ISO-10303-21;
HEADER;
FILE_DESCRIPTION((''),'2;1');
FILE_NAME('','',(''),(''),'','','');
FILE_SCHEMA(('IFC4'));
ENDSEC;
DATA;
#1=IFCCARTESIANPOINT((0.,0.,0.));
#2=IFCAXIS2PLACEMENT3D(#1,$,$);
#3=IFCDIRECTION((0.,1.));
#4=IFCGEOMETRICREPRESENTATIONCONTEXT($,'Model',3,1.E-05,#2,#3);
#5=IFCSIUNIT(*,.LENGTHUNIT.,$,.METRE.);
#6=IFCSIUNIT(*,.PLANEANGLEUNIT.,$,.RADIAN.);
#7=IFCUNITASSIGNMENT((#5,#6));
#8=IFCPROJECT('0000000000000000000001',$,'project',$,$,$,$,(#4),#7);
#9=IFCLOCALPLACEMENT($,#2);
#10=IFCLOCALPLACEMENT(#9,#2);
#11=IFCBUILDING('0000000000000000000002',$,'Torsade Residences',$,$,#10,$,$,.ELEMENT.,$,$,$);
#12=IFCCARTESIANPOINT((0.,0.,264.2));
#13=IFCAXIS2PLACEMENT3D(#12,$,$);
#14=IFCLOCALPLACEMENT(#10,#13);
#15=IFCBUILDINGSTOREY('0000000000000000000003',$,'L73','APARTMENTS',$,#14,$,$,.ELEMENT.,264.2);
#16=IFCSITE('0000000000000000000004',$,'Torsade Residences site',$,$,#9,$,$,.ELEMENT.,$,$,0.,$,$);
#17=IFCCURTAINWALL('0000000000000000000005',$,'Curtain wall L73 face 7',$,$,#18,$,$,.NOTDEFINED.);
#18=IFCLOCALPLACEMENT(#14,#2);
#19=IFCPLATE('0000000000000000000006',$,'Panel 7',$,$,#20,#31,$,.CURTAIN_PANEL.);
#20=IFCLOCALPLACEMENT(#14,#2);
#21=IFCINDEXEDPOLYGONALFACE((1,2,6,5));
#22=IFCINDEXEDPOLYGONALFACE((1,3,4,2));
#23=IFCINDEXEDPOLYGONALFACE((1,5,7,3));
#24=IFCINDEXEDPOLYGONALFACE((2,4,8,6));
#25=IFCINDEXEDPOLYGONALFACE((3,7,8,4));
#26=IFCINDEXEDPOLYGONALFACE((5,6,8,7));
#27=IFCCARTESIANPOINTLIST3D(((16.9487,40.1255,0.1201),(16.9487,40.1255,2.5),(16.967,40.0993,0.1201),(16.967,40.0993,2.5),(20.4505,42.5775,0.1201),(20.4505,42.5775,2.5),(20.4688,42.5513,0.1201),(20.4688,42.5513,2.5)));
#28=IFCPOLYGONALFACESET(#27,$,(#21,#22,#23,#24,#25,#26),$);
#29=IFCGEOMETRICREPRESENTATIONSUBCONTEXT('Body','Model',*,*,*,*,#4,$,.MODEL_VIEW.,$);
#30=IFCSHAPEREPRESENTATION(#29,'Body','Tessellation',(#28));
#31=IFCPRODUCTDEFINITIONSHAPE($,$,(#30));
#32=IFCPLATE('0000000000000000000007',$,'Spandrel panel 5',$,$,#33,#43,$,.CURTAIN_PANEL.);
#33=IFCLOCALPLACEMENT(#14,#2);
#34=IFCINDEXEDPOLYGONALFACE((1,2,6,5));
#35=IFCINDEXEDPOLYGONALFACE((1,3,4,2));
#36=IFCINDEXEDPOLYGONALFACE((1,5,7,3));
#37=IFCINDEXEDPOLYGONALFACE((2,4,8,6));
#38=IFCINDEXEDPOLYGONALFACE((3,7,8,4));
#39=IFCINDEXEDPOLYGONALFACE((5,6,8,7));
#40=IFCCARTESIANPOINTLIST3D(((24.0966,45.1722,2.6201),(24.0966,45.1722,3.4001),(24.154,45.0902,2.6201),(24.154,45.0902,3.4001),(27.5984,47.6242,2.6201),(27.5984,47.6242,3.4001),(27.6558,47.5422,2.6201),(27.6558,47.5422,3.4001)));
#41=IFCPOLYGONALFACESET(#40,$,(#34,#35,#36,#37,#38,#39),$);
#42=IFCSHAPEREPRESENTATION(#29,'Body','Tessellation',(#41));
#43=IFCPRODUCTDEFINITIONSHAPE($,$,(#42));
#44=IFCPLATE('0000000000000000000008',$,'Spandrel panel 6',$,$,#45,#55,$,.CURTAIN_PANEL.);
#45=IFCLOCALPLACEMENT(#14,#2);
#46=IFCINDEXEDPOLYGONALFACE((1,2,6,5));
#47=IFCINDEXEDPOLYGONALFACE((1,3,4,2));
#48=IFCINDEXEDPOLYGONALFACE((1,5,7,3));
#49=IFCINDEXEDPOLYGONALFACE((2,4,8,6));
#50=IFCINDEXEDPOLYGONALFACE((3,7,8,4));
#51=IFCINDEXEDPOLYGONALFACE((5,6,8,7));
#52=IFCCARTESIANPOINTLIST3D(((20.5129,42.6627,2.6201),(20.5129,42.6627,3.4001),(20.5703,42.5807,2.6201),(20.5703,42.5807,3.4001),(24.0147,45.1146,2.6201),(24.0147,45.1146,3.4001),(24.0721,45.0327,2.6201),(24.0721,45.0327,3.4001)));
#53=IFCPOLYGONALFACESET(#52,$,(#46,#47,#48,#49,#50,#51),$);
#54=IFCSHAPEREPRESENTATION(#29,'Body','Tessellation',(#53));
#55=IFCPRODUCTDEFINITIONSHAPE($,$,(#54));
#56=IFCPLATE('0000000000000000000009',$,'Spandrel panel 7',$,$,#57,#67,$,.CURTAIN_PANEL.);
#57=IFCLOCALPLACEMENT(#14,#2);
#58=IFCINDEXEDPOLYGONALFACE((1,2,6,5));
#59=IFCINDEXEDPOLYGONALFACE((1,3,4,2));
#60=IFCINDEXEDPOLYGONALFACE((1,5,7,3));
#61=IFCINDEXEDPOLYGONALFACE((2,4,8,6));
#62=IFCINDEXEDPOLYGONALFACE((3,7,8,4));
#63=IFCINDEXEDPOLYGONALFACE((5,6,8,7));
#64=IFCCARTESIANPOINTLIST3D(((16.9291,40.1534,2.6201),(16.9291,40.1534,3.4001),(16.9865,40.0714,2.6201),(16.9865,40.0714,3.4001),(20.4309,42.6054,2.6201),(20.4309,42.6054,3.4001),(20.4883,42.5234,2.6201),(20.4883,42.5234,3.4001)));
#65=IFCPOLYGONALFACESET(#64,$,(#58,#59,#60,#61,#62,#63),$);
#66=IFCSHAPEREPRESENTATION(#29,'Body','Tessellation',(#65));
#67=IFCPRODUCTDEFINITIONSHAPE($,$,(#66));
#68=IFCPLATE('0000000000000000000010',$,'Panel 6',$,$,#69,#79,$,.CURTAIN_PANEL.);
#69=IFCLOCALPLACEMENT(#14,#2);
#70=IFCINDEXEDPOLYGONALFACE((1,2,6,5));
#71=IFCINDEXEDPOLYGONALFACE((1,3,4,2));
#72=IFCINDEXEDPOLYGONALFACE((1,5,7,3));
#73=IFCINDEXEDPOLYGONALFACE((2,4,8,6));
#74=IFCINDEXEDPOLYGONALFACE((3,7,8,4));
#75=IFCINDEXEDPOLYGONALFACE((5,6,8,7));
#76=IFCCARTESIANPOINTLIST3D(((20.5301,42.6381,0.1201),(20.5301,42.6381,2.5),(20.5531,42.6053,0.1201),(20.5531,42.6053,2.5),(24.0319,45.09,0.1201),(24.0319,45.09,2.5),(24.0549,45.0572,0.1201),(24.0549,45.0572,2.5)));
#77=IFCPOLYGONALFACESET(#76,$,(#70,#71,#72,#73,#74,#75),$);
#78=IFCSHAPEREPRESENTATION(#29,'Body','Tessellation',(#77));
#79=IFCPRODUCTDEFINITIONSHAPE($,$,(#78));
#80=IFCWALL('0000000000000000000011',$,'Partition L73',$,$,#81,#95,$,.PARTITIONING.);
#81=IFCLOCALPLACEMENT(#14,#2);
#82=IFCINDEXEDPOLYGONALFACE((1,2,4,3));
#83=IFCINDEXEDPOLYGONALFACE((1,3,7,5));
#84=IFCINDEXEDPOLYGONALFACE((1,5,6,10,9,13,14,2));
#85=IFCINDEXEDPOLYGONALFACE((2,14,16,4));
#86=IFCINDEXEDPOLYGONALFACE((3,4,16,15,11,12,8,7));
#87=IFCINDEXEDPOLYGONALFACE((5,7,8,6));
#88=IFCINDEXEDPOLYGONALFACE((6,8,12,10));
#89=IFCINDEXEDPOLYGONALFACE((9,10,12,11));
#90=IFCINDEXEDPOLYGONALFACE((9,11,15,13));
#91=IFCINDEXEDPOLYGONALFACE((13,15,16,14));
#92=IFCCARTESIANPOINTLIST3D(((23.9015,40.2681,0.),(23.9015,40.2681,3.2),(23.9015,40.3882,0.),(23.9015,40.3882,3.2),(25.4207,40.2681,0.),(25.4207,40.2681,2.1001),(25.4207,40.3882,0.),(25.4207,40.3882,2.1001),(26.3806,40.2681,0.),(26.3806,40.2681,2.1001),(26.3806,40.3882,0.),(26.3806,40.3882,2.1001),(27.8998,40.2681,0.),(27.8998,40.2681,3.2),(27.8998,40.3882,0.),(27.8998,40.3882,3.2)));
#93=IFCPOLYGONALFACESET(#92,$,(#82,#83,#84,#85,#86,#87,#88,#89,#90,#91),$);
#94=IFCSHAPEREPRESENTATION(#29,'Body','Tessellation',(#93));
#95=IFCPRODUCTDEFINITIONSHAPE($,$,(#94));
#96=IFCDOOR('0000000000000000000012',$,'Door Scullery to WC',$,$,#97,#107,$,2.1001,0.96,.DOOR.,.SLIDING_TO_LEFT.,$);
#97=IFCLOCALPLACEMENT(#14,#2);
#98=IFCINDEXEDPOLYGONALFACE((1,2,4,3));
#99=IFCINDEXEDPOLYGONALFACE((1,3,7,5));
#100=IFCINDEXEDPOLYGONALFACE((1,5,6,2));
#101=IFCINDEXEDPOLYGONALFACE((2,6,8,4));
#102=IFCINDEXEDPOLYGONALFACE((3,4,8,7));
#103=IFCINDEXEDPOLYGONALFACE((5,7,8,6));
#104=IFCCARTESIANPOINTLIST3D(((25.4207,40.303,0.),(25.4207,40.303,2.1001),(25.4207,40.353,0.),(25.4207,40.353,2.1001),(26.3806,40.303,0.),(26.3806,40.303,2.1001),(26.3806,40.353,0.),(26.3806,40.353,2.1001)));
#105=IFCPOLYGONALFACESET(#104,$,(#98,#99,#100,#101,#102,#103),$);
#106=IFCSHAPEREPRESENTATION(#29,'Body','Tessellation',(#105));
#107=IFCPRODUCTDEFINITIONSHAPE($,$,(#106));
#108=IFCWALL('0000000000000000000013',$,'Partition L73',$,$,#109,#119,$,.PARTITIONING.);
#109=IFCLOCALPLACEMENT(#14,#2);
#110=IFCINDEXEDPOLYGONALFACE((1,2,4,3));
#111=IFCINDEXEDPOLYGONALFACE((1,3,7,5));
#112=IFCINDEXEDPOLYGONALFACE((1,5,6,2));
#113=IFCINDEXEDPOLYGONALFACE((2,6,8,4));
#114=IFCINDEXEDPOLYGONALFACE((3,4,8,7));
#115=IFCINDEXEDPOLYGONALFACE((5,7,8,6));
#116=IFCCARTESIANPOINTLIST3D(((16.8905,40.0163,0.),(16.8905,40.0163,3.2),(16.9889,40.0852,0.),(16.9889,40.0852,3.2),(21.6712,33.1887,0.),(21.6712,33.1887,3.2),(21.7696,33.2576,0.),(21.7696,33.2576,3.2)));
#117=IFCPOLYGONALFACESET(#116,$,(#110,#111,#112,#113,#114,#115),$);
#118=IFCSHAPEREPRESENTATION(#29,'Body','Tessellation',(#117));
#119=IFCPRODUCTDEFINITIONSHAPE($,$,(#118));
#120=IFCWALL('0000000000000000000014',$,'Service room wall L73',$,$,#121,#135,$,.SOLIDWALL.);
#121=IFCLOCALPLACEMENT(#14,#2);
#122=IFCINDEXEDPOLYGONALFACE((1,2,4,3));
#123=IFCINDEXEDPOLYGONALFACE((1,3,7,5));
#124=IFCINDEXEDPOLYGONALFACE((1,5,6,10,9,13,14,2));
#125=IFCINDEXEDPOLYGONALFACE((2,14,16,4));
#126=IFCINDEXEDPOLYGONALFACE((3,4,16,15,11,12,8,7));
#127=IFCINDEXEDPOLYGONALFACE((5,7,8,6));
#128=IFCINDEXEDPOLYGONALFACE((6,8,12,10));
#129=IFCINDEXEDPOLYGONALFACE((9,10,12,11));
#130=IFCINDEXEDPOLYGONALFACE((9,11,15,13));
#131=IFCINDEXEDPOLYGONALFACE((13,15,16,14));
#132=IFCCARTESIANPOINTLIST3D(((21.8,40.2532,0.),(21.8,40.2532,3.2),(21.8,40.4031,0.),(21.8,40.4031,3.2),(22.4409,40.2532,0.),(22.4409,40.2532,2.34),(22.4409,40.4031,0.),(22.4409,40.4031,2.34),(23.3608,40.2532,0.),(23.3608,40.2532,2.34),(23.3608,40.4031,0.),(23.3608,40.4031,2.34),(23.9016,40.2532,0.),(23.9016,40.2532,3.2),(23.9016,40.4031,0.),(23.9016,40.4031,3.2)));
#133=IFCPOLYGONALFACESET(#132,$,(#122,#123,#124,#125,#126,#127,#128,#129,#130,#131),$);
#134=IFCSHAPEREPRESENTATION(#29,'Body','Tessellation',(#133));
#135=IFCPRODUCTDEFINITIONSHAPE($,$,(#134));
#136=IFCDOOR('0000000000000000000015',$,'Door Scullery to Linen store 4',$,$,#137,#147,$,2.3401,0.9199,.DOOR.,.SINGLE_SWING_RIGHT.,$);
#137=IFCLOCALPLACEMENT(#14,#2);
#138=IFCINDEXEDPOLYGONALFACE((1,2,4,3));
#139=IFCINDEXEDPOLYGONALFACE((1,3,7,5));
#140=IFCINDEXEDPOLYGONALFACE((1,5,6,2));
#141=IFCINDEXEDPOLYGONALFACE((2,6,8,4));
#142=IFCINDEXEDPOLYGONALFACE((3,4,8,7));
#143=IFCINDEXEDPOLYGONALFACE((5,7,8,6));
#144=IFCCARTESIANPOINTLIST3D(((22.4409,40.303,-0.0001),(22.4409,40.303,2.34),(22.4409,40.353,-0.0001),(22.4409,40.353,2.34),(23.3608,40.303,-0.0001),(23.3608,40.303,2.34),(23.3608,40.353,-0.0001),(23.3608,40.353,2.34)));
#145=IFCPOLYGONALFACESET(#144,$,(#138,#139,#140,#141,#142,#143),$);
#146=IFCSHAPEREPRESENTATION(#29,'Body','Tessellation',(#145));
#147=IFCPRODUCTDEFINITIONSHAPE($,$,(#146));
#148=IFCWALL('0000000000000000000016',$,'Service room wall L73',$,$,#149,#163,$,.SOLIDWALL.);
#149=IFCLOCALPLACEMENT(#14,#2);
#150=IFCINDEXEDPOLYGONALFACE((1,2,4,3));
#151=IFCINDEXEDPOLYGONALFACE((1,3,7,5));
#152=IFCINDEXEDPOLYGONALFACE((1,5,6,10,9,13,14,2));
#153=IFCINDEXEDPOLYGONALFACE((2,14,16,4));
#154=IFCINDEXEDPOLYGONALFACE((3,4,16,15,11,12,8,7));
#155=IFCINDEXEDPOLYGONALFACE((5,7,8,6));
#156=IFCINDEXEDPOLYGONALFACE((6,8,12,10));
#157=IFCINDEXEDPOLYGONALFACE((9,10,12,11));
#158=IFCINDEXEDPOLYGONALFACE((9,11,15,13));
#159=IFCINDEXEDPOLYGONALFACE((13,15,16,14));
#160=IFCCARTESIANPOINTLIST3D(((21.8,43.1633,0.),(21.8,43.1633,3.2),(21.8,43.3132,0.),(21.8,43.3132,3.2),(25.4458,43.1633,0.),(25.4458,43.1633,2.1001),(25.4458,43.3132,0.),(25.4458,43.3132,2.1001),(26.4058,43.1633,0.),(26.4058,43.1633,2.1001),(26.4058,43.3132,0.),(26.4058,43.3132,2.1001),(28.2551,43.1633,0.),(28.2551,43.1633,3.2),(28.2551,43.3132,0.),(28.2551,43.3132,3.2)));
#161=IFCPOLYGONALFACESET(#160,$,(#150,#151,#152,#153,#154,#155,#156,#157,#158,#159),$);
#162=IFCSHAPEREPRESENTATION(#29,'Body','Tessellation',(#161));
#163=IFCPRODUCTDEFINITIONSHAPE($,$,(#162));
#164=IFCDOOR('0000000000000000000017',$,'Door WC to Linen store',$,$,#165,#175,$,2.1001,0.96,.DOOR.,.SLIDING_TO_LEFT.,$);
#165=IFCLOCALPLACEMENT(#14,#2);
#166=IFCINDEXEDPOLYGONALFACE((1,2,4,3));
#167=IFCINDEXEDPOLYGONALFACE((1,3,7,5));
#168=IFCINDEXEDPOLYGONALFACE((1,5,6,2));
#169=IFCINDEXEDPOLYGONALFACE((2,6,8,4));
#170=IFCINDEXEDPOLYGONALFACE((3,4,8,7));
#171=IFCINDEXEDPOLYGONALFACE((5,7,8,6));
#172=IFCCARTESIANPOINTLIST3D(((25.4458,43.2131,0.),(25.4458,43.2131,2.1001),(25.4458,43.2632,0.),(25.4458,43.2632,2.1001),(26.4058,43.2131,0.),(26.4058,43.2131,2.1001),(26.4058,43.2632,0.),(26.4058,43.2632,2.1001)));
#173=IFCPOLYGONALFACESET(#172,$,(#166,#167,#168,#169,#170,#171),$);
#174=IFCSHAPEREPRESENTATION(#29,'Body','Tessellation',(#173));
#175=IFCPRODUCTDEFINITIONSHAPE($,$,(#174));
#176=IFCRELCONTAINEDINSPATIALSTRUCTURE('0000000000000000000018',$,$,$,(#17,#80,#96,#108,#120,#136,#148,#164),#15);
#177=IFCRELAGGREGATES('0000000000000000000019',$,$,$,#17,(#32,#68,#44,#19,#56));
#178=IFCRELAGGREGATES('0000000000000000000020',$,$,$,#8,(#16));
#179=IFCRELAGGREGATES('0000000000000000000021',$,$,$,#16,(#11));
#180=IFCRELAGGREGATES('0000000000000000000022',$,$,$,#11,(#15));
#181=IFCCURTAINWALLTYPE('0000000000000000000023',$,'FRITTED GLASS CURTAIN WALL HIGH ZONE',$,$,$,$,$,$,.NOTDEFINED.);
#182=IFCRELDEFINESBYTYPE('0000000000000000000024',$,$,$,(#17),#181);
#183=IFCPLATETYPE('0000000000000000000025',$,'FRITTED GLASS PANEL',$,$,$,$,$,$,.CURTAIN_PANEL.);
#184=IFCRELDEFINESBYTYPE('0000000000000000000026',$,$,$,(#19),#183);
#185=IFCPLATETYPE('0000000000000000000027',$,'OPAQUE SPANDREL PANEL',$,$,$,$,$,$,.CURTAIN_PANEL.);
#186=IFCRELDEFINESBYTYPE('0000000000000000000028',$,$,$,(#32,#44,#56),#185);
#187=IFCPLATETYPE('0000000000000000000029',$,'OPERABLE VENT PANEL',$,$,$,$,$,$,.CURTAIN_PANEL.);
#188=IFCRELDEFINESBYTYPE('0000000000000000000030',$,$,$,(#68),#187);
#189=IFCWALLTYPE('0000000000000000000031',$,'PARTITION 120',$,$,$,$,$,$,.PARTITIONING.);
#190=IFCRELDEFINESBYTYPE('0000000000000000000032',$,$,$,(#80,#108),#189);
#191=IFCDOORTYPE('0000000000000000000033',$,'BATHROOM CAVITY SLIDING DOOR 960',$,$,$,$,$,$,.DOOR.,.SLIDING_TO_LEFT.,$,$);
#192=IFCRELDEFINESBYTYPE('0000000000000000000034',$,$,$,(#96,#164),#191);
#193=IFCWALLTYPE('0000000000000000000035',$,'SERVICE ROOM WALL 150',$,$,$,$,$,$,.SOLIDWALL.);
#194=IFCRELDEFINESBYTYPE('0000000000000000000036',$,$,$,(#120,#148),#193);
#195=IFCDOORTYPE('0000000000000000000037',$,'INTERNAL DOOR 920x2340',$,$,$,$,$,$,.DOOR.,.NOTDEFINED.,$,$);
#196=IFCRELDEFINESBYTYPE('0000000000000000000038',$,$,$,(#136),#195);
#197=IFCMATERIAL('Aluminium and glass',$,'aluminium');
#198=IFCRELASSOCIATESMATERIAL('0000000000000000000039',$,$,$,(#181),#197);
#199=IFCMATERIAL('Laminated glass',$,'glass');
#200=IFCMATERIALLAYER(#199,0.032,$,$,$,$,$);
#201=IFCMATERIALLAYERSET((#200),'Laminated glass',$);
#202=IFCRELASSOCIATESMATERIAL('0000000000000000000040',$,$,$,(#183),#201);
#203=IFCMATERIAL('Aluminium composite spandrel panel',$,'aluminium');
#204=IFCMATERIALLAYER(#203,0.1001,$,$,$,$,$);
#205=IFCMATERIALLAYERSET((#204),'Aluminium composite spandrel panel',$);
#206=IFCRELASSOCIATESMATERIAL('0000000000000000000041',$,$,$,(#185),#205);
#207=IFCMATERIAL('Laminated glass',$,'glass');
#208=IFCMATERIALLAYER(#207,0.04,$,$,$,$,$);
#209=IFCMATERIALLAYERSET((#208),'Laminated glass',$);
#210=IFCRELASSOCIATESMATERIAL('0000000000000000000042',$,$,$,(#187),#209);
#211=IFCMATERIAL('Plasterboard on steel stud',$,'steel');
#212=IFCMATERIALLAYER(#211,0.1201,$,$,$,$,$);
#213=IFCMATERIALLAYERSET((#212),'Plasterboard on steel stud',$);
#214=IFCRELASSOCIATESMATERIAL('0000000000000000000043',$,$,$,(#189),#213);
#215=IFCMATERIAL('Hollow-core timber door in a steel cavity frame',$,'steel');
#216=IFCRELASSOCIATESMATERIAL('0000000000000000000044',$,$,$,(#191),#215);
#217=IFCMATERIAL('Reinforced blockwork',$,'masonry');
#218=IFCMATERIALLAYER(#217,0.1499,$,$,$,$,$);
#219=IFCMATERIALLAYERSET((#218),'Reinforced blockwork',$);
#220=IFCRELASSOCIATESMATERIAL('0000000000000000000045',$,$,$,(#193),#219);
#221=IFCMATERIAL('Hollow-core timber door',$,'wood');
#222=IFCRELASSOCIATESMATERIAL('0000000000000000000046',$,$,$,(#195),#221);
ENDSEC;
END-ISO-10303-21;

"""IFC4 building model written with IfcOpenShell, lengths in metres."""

from ifc_helpers import new_model, si_unit, direction, frame, frame_2d, origin, origin_2d, place, context, subcontext, project, spatial, rectangle, extrude, material, layer, layer_set, type_object, element, fill, aggregate, save


model = new_model("IFC4")

# Units and contexts
model_context = context("Model", 3, precision=1e-05, world=origin(), true_north=direction((0.0, 1.0)))
body_context = subcontext(model_context, "Body", "Model", "MODEL_VIEW")
ifc_project = project(units=[si_unit("LENGTHUNIT", "METRE"), si_unit("PLANEANGLEUNIT", "RADIAN")], contexts=[model_context])

# Site, building, storey
site_placement = place(None, origin())
site = spatial("IfcSite", under=ifc_project, at=site_placement, Name="Torsade Residences site", CompositionType="ELEMENT", RefElevation=0.0)
building_placement = place(site_placement, origin())
building = spatial("IfcBuilding", under=site, at=building_placement, Name="Torsade Residences", CompositionType="ELEMENT")
storey_placement = place(building_placement, frame((0.0, 0.0, 264.2)))
storey = spatial("IfcBuildingStorey", under=building, at=storey_placement, Name="L73", Description="APARTMENTS", CompositionType="ELEMENT", Elevation=264.2)

# Curtain wall
ifc_material_1 = material(Name="Aluminium and glass", Category="aluminium")
curtain_wall_type = type_object("IfcCurtainWallType", Name="FRITTED GLASS CURTAIN WALL HIGH ZONE", PredefinedType="NOTDEFINED", material=ifc_material_1)
curtain_wall_placement = place(storey_placement, origin())
curtain_wall = element("IfcCurtainWall", 1, at=curtain_wall_placement, inside=storey, type_object=curtain_wall_type, Name="Curtain wall L73 face 7", PredefinedType="NOTDEFINED")

# Plates
ifc_material_2 = material(Name="Laminated glass", Category="glass")
ifc_layer_1 = layer(ifc_material_2, 0.032)
ifc_layer_set_1 = layer_set([ifc_layer_1], Name="Laminated glass")
plate_type_1 = type_object("IfcPlateType", Name="FRITTED GLASS PANEL", PredefinedType="CURTAIN_PANEL", material=ifc_layer_set_1)
plate_1_placement = place(storey_placement, frame((18.7087, 41.3384, 0.1201), z_axis=(0.0, 0.0, 1.0), x_axis=(-0.819152, -0.573576, 0.0)))
plate_1 = element("IfcPlate", 2, at=plate_1_placement, type_object=plate_type_1, Name="Panel 7", PredefinedType="CURTAIN_PANEL", context=body_context, shape_type="SweptSolid", body=[
    extrude(rectangle(XDim=4.2749, YDim=0.032, at=origin_2d()), origin(), (0.0, 0.0, 1.0), 2.3799),
])
ifc_material_3 = material(Name="Aluminium composite spandrel panel", Category="aluminium")
ifc_layer_2 = layer(ifc_material_3, 0.1001)
ifc_layer_set_2 = layer_set([ifc_layer_2], Name="Aluminium composite spandrel panel")
plate_type_2 = type_object("IfcPlateType", Name="OPAQUE SPANDREL PANEL", PredefinedType="CURTAIN_PANEL", material=ifc_layer_set_2)
plate_2_placement = place(storey_placement, frame((25.8762, 46.3572, 2.6201), z_axis=(0.0, 0.0, 1.0), x_axis=(-0.819152, -0.573576, 0.0)))
plate_2 = element("IfcPlate", 3, at=plate_2_placement, type_object=plate_type_2, Name="Spandrel panel 5", PredefinedType="CURTAIN_PANEL", context=body_context, shape_type="SweptSolid", body=[
    extrude(rectangle(XDim=4.2749, YDim=0.1001, at=origin_2d()), origin(), (0.0, 0.0, 1.0), 0.78),
])
plate_3_placement = place(storey_placement, frame((22.2925, 43.8477, 2.6201), z_axis=(0.0, 0.0, 1.0), x_axis=(-0.819152, -0.573576, 0.0)))
plate_3 = element("IfcPlate", 4, at=plate_3_placement, type_object=plate_type_2, Name="Spandrel panel 6", PredefinedType="CURTAIN_PANEL", context=body_context, shape_type="SweptSolid", body=[
    extrude(rectangle(XDim=4.2749, YDim=0.1001, at=origin_2d()), origin(), (0.0, 0.0, 1.0), 0.78),
])
plate_4_placement = place(storey_placement, frame((18.7087, 41.3384, 2.6201), z_axis=(0.0, 0.0, 1.0), x_axis=(-0.819152, -0.573576, 0.0)))
plate_4 = element("IfcPlate", 5, at=plate_4_placement, type_object=plate_type_2, Name="Spandrel panel 7", PredefinedType="CURTAIN_PANEL", context=body_context, shape_type="SweptSolid", body=[
    extrude(rectangle(XDim=4.2749, YDim=0.1001, at=origin_2d()), origin(), (0.0, 0.0, 1.0), 0.78),
])
ifc_material_4 = material(Name="Laminated glass", Category="glass")
ifc_layer_3 = layer(ifc_material_4, 0.04)
ifc_layer_set_3 = layer_set([ifc_layer_3], Name="Laminated glass")
plate_type_3 = type_object("IfcPlateType", Name="OPERABLE VENT PANEL", PredefinedType="CURTAIN_PANEL", material=ifc_layer_set_3)
plate_5_placement = place(storey_placement, frame((22.2925, 43.8477, 0.1201), z_axis=(0.0, 0.0, 1.0), x_axis=(-0.819152, -0.573576, 0.0)))
plate_5 = element("IfcPlate", 6, at=plate_5_placement, type_object=plate_type_3, Name="Panel 6", PredefinedType="CURTAIN_PANEL", context=body_context, shape_type="SweptSolid", body=[
    extrude(rectangle(XDim=4.2749, YDim=0.04, at=origin_2d()), origin(), (0.0, 0.0, 1.0), 2.3799),
])
aggregate(curtain_wall, [plate_2, plate_5, plate_3, plate_1, plate_4])

# Wall, opening, door
ifc_material_5 = material(Name="Plasterboard on steel stud", Category="steel")
ifc_layer_4 = layer(ifc_material_5, 0.1201)
ifc_layer_set_4 = layer_set([ifc_layer_4], Name="Plasterboard on steel stud")
wall_type_1 = type_object("IfcWallType", Name="PARTITION 120", PredefinedType="PARTITIONING", material=ifc_layer_set_4)
wall_1_placement = place(storey_placement, frame((23.9016, 40.3281, 0.0), z_axis=(0.0, 0.0, 1.0), x_axis=(1.0, 0.0, 0.0)))
wall_1 = element("IfcWall", 7, at=wall_1_placement, inside=storey, type_object=wall_type_1, Name="Partition L73", PredefinedType="PARTITIONING", context=body_context, shape_type="SweptSolid", body=[
    extrude(rectangle(XDim=3.9983, YDim=0.1201, at=frame_2d((1.999, 0.0))), origin(), (0.0, 0.0, 1.0), 3.2),
])
opening_1_placement = place(wall_1_placement, frame((1.519, 0.0, 0.0)))
opening_1 = element("IfcOpeningElement", 8, at=opening_1_placement, cuts=wall_1, PredefinedType="OPENING", context=body_context, shape_type="SweptSolid", body=[
    extrude(rectangle(XDim=0.96, YDim=2.1001, at=frame_2d((0.48, 1.05))), frame((0.0, 0.0701, 0.0), z_axis=(0.0, -1.0, 0.0), x_axis=(1.0, 0.0, 0.0)), (0.0, 0.0, 1.0), 0.1401),
])
ifc_material_6 = material(Name="Hollow-core timber door in a steel cavity frame", Category="steel")
door_type_1 = type_object("IfcDoorType", Name="BATHROOM CAVITY SLIDING DOOR 960", OperationType="SLIDING_TO_LEFT", PredefinedType="DOOR", material=ifc_material_6)
door_1_placement = place(opening_1_placement, origin())
door_1 = element("IfcDoor", 9, at=door_1_placement, inside=storey, type_object=door_type_1, Name="Door Scullery to WC", OperationType="SLIDING_TO_LEFT", OverallHeight=2.1001, OverallWidth=0.96, PredefinedType="DOOR", context=body_context, shape_type="SweptSolid", body=[
    extrude(rectangle(XDim=0.96, YDim=2.1001, at=frame_2d((0.48, 1.05))), frame((0.0, 0.0249, 0.0), z_axis=(0.0, -1.0, 0.0), x_axis=(1.0, 0.0, 0.0)), (0.0, 0.0, 1.0), 0.05),
])
fill(opening_1, door_1)

# Wall
wall_2_placement = place(storey_placement, frame((16.9397, 40.0508, 0.0), z_axis=(0.0, 0.0, 1.0), x_axis=(0.573576, -0.819152, 0.0)))
element("IfcWall", 10, at=wall_2_placement, inside=storey, type_object=wall_type_1, Name="Partition L73", PredefinedType="PARTITIONING", context=body_context, shape_type="SweptSolid", body=[
    extrude(rectangle(XDim=8.335, YDim=0.1201, at=frame_2d((4.1675, 0.0))), origin(), (0.0, 0.0, 1.0), 3.2),
])

# Walls, openings, doors
ifc_material_7 = material(Name="Reinforced blockwork", Category="masonry")
ifc_layer_5 = layer(ifc_material_7, 0.1499)
ifc_layer_set_5 = layer_set([ifc_layer_5], Name="Reinforced blockwork")
wall_type_2 = type_object("IfcWallType", Name="SERVICE ROOM WALL 150", PredefinedType="SOLIDWALL", material=ifc_layer_set_5)
wall_3_placement = place(storey_placement, frame((21.8, 40.3281, 0.0), z_axis=(0.0, 0.0, 1.0), x_axis=(1.0, 0.0, 0.0)))
wall_3 = element("IfcWall", 11, at=wall_3_placement, inside=storey, type_object=wall_type_2, Name="Service room wall L73", PredefinedType="SOLIDWALL", context=body_context, shape_type="SweptSolid", body=[
    extrude(rectangle(XDim=2.1016, YDim=0.1499, at=frame_2d((1.0508, 0.0))), origin(), (0.0, 0.0, 1.0), 3.2),
])
opening_2_placement = place(wall_3_placement, frame((0.6409, 0.0, 0.0)))
opening_2 = element("IfcOpeningElement", 12, at=opening_2_placement, cuts=wall_3, PredefinedType="OPENING", context=body_context, shape_type="SweptSolid", body=[
    extrude(rectangle(XDim=0.9199, YDim=2.3401, at=frame_2d((0.46, 1.1699))), frame((0.0, 0.085, 0.0), z_axis=(0.0, -1.0, 0.0), x_axis=(1.0, 0.0, 0.0)), (0.0, 0.0, 1.0), 0.1699),
])
ifc_material_8 = material(Name="Hollow-core timber door", Category="wood")
door_type_2 = type_object("IfcDoorType", Name="INTERNAL DOOR 920x2340", OperationType="NOTDEFINED", PredefinedType="DOOR", material=ifc_material_8)
door_2_placement = place(opening_2_placement, origin())
door_2 = element("IfcDoor", 13, at=door_2_placement, inside=storey, type_object=door_type_2, Name="Door Scullery to Linen store 4", OperationType="SINGLE_SWING_RIGHT", OverallHeight=2.3401, OverallWidth=0.9199, PredefinedType="DOOR", context=body_context, shape_type="SweptSolid", body=[
    extrude(rectangle(XDim=0.9199, YDim=2.3401, at=frame_2d((0.46, 1.1699))), frame((0.0, 0.0249, 0.0), z_axis=(0.0, -1.0, 0.0), x_axis=(1.0, 0.0, 0.0)), (0.0, 0.0, 1.0), 0.05),
])
fill(opening_2, door_2)
wall_4_placement = place(storey_placement, frame((21.8, 43.2383, 0.0), z_axis=(0.0, 0.0, 1.0), x_axis=(1.0, 0.0, 0.0)))
wall_4 = element("IfcWall", 14, at=wall_4_placement, inside=storey, type_object=wall_type_2, Name="Service room wall L73", PredefinedType="SOLIDWALL", context=body_context, shape_type="SweptSolid", body=[
    extrude(rectangle(XDim=6.4551, YDim=0.1499, at=frame_2d((3.2275, 0.0))), origin(), (0.0, 0.0, 1.0), 3.2),
])
opening_3_placement = place(wall_4_placement, frame((3.6458, 0.0, 0.0)))
opening_3 = element("IfcOpeningElement", 15, at=opening_3_placement, cuts=wall_4, PredefinedType="OPENING", context=body_context, shape_type="SweptSolid", body=[
    extrude(rectangle(XDim=0.96, YDim=2.1001, at=frame_2d((0.48, 1.05))), frame((0.0, 0.085, 0.0), z_axis=(0.0, -1.0, 0.0), x_axis=(1.0, 0.0, 0.0)), (0.0, 0.0, 1.0), 0.1699),
])
door_3_placement = place(opening_3_placement, origin())
door_3 = element("IfcDoor", 16, at=door_3_placement, inside=storey, type_object=door_type_1, Name="Door WC to Linen store", OperationType="SLIDING_TO_LEFT", OverallHeight=2.1001, OverallWidth=0.96, PredefinedType="DOOR", context=body_context, shape_type="SweptSolid", body=[
    extrude(rectangle(XDim=0.96, YDim=2.1001, at=frame_2d((0.48, 1.05))), frame((0.0, 0.0249, 0.0), z_axis=(0.0, -1.0, 0.0), x_axis=(1.0, 0.0, 0.0)), (0.0, 0.0, 1.0), 0.05),
])
fill(opening_3, door_3)

save(model, "model.ifc")
